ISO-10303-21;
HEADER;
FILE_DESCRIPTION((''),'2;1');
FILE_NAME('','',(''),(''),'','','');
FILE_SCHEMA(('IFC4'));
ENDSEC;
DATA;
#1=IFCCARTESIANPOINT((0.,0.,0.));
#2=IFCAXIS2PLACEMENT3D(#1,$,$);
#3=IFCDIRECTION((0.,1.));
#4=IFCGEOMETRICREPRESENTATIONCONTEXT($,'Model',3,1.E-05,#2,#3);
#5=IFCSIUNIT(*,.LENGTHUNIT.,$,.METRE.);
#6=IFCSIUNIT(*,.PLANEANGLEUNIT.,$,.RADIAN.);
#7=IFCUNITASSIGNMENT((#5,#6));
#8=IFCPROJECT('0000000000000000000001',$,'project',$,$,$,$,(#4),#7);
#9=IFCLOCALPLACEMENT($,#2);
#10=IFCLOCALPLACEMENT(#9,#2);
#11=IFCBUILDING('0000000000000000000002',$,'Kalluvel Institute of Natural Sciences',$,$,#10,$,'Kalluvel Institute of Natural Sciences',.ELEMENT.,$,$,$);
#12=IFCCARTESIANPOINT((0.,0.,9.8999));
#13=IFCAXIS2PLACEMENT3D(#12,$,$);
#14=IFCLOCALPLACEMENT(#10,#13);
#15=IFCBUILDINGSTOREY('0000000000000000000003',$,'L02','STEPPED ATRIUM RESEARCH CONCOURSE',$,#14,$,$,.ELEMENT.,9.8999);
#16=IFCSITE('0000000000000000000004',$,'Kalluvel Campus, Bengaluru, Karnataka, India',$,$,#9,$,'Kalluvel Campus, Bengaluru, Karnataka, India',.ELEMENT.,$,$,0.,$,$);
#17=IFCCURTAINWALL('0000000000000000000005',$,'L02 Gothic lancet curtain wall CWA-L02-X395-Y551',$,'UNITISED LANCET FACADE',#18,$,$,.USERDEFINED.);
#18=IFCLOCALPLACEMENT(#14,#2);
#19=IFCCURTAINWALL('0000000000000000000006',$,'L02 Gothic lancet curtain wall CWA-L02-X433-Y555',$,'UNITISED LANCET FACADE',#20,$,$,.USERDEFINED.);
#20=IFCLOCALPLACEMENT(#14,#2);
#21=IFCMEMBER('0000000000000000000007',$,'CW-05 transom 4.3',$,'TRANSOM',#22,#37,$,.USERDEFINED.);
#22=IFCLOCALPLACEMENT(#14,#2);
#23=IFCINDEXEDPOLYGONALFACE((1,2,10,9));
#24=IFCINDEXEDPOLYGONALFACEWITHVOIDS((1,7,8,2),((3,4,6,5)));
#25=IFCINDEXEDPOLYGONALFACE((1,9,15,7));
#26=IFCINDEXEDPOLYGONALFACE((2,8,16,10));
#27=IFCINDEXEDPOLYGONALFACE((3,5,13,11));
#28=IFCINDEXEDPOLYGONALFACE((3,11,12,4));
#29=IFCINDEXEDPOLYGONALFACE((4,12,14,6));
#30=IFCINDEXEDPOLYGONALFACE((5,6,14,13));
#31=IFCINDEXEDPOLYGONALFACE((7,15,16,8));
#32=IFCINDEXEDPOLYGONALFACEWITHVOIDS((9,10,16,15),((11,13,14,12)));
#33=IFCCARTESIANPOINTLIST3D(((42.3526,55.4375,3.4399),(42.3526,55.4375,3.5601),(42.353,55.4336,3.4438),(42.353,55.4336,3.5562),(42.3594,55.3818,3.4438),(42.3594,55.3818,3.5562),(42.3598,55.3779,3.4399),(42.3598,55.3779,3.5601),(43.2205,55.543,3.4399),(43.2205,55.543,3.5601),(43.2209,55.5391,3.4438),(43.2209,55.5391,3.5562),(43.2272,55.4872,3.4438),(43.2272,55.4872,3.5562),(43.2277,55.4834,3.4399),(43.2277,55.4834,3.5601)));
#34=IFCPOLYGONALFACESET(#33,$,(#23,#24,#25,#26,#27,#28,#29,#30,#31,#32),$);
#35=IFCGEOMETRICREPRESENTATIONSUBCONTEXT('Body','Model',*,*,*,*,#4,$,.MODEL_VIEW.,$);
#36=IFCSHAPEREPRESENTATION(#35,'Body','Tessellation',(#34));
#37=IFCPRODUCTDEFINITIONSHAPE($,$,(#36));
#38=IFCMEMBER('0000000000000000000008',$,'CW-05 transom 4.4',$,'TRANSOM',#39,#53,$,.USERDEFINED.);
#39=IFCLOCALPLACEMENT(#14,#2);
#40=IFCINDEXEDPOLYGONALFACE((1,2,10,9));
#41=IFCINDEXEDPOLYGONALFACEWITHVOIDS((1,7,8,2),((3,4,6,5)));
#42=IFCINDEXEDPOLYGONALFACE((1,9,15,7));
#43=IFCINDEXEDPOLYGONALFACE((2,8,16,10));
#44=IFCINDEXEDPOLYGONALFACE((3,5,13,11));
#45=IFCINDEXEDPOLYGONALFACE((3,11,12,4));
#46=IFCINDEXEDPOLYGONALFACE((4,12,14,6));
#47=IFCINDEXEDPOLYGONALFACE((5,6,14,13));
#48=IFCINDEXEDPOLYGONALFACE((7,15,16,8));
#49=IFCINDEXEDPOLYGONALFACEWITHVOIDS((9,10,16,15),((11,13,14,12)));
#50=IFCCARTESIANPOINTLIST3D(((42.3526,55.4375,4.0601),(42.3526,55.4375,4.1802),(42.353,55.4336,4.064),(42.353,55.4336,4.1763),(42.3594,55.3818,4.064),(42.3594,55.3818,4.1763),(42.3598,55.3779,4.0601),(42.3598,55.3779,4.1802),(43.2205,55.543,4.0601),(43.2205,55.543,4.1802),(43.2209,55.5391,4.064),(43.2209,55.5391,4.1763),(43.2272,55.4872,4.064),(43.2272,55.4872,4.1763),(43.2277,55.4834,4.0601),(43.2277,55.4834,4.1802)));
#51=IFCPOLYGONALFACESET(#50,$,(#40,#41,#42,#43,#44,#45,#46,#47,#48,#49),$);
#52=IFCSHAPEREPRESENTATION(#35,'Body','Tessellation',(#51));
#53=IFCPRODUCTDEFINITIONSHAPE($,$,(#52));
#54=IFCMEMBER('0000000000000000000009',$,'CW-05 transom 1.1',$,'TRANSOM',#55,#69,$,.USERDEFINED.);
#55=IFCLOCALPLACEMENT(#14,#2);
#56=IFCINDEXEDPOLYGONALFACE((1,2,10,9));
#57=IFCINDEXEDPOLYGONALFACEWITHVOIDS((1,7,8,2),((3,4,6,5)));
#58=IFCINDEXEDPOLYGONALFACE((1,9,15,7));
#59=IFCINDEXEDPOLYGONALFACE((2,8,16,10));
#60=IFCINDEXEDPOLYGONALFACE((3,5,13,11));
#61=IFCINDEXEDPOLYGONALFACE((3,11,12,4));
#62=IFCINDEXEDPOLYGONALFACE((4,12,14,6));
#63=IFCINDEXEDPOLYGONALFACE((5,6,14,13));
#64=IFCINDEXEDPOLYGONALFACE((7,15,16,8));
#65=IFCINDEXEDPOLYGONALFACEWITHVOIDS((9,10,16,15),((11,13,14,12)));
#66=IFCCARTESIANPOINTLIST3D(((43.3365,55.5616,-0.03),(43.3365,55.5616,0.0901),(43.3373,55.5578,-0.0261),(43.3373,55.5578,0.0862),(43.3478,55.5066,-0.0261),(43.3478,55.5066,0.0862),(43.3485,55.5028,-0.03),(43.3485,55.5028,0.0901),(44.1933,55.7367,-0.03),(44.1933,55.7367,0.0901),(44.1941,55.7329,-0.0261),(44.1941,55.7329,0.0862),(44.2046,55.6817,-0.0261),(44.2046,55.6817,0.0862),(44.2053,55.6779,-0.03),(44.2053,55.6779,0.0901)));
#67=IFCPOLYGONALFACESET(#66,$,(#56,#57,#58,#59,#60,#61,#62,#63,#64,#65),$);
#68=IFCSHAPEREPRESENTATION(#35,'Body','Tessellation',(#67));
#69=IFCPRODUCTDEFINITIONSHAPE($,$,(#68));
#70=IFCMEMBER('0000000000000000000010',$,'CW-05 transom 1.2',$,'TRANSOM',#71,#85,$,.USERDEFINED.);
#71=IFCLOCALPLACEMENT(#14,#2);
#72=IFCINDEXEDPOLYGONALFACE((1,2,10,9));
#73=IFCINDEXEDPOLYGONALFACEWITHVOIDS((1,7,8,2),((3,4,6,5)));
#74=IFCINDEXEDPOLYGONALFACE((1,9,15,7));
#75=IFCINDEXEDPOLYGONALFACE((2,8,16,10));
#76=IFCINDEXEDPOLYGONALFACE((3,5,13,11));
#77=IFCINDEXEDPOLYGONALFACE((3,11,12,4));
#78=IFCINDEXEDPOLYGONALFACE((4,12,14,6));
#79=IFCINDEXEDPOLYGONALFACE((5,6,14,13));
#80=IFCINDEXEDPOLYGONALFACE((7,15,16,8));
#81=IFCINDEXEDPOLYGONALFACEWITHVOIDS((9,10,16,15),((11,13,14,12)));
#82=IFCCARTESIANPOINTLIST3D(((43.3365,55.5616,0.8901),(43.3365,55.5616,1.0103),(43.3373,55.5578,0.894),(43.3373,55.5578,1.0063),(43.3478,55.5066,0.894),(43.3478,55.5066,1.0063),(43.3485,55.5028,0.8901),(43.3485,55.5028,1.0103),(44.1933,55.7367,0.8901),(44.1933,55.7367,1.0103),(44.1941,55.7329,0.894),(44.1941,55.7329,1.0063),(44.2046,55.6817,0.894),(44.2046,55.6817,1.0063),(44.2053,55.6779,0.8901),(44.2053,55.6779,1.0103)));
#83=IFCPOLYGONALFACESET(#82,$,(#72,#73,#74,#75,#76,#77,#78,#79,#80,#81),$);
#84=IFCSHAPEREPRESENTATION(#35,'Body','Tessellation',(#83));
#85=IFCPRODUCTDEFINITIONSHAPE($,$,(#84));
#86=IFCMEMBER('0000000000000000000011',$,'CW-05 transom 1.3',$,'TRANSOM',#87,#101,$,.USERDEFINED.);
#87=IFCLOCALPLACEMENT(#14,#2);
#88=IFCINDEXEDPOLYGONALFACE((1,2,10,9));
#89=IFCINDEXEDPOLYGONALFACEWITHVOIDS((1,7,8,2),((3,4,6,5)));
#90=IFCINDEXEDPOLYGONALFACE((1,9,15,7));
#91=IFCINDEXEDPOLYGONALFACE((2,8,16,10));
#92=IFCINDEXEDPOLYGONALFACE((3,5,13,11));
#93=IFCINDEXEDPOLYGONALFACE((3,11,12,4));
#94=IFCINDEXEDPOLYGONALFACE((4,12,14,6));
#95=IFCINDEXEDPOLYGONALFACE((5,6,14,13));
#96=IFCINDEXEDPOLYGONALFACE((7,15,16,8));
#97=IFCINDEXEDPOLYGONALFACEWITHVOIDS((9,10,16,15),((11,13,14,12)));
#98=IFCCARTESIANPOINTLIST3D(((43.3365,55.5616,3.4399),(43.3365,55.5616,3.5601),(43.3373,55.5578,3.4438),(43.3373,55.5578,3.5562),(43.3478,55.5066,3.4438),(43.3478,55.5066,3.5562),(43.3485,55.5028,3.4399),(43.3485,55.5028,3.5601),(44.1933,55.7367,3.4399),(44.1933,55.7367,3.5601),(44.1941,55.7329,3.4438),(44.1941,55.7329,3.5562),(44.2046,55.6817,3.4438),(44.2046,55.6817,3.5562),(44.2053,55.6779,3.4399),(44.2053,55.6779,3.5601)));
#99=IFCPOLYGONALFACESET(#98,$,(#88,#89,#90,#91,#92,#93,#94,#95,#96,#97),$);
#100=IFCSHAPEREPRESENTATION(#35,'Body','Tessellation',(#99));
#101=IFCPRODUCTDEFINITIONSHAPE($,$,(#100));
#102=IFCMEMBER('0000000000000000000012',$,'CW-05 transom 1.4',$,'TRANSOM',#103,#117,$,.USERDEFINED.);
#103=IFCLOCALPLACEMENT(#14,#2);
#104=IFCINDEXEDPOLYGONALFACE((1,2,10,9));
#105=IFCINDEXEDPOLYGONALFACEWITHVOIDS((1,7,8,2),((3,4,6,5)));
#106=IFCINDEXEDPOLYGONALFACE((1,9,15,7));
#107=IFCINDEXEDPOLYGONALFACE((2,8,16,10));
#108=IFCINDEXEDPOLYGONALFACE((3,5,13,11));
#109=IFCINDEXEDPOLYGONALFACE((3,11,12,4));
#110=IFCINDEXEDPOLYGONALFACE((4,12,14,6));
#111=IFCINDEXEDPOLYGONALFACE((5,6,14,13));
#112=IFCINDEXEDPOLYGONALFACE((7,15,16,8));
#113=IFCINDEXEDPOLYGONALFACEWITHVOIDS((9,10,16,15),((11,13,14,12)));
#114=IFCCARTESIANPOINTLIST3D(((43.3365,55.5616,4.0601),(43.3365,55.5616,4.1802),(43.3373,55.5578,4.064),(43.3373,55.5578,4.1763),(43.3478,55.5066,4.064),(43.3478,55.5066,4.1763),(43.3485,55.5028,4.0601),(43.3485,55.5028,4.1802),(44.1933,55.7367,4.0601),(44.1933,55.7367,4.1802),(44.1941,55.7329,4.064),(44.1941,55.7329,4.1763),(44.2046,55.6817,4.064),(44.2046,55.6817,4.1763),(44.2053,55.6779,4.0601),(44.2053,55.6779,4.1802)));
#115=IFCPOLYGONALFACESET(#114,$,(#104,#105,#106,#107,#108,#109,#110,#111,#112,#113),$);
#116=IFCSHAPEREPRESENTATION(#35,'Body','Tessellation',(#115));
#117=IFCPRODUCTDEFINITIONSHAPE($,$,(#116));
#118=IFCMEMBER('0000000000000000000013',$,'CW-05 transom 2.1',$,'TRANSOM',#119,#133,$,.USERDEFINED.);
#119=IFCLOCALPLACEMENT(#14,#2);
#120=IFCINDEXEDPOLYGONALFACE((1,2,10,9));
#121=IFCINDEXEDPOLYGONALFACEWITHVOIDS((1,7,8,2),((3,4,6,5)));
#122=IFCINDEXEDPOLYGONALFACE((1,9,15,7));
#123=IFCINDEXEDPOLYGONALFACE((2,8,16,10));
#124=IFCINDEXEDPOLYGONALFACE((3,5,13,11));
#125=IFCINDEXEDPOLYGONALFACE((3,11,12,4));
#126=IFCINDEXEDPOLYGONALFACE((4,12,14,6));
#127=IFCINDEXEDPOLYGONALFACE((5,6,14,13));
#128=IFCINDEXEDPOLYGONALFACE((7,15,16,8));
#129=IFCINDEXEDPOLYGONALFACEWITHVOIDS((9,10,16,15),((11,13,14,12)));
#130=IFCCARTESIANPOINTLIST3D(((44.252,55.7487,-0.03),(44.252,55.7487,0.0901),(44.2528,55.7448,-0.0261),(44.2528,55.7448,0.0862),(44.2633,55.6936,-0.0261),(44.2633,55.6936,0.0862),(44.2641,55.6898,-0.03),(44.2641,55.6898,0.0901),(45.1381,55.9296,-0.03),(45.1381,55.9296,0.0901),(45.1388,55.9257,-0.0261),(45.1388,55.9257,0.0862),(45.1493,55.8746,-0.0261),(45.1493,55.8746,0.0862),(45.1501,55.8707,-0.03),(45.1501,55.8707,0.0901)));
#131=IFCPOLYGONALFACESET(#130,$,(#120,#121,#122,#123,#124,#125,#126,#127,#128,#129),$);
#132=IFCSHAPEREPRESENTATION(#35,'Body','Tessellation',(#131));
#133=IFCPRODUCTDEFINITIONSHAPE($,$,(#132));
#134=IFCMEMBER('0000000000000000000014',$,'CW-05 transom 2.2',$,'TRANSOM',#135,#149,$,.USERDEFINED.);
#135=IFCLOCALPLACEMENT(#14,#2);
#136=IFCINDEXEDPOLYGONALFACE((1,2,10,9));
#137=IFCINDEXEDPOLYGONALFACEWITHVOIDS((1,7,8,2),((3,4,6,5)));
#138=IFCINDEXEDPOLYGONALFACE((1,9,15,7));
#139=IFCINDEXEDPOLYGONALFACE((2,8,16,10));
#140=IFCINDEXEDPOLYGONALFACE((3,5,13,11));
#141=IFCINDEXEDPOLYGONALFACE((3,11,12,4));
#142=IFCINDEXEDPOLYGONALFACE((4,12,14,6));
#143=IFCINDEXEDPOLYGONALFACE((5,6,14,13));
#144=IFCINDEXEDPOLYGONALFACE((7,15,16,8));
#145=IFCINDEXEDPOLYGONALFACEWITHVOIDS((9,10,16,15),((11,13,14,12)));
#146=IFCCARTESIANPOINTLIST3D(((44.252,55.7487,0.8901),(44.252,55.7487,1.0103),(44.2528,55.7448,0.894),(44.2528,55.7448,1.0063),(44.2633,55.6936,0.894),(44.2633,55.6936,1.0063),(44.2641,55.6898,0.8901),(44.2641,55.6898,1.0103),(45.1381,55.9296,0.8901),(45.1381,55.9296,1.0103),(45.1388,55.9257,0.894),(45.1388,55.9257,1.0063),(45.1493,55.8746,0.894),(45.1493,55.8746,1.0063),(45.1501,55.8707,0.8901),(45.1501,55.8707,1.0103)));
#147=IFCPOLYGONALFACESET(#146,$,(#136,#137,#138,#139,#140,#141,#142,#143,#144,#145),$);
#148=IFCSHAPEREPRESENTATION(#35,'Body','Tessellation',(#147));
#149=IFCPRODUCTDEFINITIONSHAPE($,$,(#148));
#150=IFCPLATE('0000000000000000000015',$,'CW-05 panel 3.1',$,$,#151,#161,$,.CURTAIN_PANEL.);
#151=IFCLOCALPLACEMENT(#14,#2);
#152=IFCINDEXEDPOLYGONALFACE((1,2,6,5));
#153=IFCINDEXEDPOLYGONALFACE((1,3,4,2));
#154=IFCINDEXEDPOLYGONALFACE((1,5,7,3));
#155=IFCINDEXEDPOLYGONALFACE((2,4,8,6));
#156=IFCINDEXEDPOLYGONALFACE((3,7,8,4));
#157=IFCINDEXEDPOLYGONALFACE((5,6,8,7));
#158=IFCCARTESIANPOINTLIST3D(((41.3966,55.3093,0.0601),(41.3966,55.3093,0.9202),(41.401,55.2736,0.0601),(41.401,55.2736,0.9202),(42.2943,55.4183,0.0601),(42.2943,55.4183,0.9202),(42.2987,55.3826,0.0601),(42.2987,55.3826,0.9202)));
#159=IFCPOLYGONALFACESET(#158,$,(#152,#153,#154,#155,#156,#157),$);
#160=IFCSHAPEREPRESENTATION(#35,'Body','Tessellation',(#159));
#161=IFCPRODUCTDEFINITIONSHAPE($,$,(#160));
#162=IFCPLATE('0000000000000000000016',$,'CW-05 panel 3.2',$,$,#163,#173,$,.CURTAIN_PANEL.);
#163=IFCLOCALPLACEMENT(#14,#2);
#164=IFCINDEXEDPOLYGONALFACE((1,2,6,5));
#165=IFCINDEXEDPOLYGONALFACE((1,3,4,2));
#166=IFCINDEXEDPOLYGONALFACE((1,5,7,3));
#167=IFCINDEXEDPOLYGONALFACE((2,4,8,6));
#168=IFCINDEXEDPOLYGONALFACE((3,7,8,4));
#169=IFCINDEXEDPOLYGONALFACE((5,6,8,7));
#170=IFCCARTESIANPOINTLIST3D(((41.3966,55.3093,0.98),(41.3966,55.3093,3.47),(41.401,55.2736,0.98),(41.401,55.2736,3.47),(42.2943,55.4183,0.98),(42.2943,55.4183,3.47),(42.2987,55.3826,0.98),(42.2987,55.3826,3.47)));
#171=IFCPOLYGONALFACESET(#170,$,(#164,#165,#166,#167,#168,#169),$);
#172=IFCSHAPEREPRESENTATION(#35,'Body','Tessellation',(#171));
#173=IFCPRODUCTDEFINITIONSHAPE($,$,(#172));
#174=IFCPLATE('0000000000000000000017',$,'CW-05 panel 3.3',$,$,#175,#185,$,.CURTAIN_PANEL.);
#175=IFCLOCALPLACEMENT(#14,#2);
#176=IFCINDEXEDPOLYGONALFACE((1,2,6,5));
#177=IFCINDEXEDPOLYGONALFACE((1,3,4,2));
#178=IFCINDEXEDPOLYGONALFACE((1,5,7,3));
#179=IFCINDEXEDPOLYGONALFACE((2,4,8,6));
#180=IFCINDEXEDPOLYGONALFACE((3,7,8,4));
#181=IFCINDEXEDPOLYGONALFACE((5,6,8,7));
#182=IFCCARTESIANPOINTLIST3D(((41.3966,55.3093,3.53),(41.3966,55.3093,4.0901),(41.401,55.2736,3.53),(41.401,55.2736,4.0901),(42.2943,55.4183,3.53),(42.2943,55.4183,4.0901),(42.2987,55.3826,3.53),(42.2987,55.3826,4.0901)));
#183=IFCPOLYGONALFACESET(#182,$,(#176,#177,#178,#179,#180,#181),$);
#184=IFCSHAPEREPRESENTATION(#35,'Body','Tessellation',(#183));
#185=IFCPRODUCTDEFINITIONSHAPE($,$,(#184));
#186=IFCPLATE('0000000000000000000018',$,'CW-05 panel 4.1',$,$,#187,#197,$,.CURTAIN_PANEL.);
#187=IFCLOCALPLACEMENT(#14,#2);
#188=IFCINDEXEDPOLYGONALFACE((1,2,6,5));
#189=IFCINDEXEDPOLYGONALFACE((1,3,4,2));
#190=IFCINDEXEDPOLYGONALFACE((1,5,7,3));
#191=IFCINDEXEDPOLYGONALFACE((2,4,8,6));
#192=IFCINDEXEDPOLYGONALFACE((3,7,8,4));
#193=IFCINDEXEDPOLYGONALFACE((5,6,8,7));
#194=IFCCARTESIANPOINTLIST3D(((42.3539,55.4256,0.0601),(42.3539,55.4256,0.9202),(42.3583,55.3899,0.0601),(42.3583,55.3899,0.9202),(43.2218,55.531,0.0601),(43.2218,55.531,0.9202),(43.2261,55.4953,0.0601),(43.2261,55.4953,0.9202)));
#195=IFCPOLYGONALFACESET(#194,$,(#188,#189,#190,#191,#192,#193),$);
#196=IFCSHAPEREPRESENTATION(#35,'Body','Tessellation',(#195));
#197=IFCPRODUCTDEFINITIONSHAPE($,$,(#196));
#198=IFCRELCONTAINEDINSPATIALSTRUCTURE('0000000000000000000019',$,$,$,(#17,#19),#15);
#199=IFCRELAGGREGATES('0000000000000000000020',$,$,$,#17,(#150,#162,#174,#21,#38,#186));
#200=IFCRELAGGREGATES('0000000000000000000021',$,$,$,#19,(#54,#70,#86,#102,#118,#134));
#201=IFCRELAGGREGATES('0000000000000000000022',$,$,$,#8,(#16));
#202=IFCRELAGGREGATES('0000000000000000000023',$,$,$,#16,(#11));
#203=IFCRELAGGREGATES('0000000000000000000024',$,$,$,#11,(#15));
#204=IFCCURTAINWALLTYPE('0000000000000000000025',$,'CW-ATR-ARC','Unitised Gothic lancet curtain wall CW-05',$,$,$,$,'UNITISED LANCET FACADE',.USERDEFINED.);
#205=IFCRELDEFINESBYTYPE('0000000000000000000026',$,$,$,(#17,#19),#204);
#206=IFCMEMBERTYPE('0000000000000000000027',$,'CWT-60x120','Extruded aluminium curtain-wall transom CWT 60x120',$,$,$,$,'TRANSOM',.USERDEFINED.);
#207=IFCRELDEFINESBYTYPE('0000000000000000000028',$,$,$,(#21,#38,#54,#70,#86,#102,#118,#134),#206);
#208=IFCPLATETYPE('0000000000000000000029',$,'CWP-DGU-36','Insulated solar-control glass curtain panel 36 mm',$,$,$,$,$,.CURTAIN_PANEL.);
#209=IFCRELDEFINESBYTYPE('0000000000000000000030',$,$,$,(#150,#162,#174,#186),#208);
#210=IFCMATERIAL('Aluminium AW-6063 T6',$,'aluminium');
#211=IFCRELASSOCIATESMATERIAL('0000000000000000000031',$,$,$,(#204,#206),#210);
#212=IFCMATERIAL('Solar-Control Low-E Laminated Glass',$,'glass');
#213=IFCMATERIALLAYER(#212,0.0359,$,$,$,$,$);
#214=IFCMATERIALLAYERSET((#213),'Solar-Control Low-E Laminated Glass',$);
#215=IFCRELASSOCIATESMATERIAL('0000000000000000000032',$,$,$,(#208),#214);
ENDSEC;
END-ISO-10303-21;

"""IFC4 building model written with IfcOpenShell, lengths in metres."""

from ifc_helpers import new_model, si_unit, direction, frame, origin, origin_2d, place, context, subcontext, project, spatial, rectangle, hollow_rectangle, extrude, material, layer, layer_set, material_profile, profile_set, type_object, element, aggregate, save


model = new_model("IFC4")

# Units and contexts
model_context = context("Model", 3, precision=1e-05, world=origin(), true_north=direction((0.0, 1.0)))
body_context = subcontext(model_context, "Body", "Model", "MODEL_VIEW")
ifc_project = project(units=[si_unit("LENGTHUNIT", "METRE"), si_unit("PLANEANGLEUNIT", "RADIAN")], contexts=[model_context])

# Site, building, storey
site_placement = place(None, origin())
site = spatial("IfcSite", under=ifc_project, at=site_placement, Name="Kalluvel Campus, Bengaluru, Karnataka, India", LongName="Kalluvel Campus, Bengaluru, Karnataka, India", CompositionType="ELEMENT", RefElevation=0.0)
building_placement = place(site_placement, origin())
building = spatial("IfcBuilding", under=site, at=building_placement, Name="Kalluvel Institute of Natural Sciences", LongName="Kalluvel Institute of Natural Sciences", CompositionType="ELEMENT")
storey_placement = place(building_placement, frame((0.0, 0.0, 9.8999)))
storey = spatial("IfcBuildingStorey", under=building, at=storey_placement, Name="L02", Description="STEPPED ATRIUM RESEARCH CONCOURSE", CompositionType="ELEMENT", Elevation=9.8999)

# Curtain walls
ifc_material_1 = material(Name="Aluminium AW-6063 T6", Category="aluminium")
curtain_wall_type = type_object("IfcCurtainWallType", Name="CW-ATR-ARC", Description="Unitised Gothic lancet curtain wall CW-05", ElementType="UNITISED LANCET FACADE", PredefinedType="USERDEFINED", material=ifc_material_1)
curtain_wall_1_placement = place(storey_placement, origin())
curtain_wall_1 = element("IfcCurtainWall", 1, at=curtain_wall_1_placement, inside=storey, type_object=curtain_wall_type, Name="L02 Gothic lancet curtain wall CWA-L02-X395-Y551", ObjectType="UNITISED LANCET FACADE", PredefinedType="USERDEFINED")
curtain_wall_2_placement = place(storey_placement, origin())
curtain_wall_2 = element("IfcCurtainWall", 2, at=curtain_wall_2_placement, inside=storey, type_object=curtain_wall_type, Name="L02 Gothic lancet curtain wall CWA-L02-X433-Y555", ObjectType="UNITISED LANCET FACADE", PredefinedType="USERDEFINED")

# Members
ifc_material_profile_1 = material_profile(ifc_material_1, hollow_rectangle(XDim=0.0601, YDim=0.1201, WallThickness=0.0039, at=origin_2d()), Name="CWT 60x120")
ifc_profile_set_1 = profile_set([ifc_material_profile_1], Name="Aluminium AW-6063 T6")
member_type_1 = type_object("IfcMemberType", Name="CWT-60x120", Description="Extruded aluminium curtain-wall transom CWT 60x120", ElementType="TRANSOM", PredefinedType="USERDEFINED", material=ifc_profile_set_1)
member_1_placement = place(storey_placement, frame((42.3562, 55.4077, 3.5), z_axis=(0.992697, 0.120632, 0.0), x_axis=(-0.120632, 0.992697, 0.0)))
member_1 = element("IfcMember", 3, at=member_1_placement, type_object=member_type_1, Name="CW-05 transom 4.3", ObjectType="TRANSOM", PredefinedType="USERDEFINED", context=body_context, shape_type="SweptSolid", body=[
    extrude(hollow_rectangle(XDim=0.0601, YDim=0.1201, WallThickness=0.0039, at=origin_2d()), origin(), (0.0, 0.0, 1.0), 0.8743),
])
member_2_placement = place(storey_placement, frame((42.3562, 55.4077, 4.1201), z_axis=(0.992697, 0.120632, 0.0), x_axis=(-0.120632, 0.992697, 0.0)))
member_2 = element("IfcMember", 4, at=member_2_placement, type_object=member_type_1, Name="CW-05 transom 4.4", ObjectType="TRANSOM", PredefinedType="USERDEFINED", context=body_context, shape_type="SweptSolid", body=[
    extrude(hollow_rectangle(XDim=0.0601, YDim=0.1201, WallThickness=0.0039, at=origin_2d()), origin(), (0.0, 0.0, 1.0), 0.8743),
])
member_3_placement = place(storey_placement, frame((43.3425, 55.5322, 0.03), z_axis=(0.979756, 0.200195, 0.0), x_axis=(-0.200195, 0.979756, 0.0)))
member_3 = element("IfcMember", 5, at=member_3_placement, type_object=member_type_1, Name="CW-05 transom 1.1", ObjectType="TRANSOM", PredefinedType="USERDEFINED", context=body_context, shape_type="SweptSolid", body=[
    extrude(hollow_rectangle(XDim=0.0601, YDim=0.1201, WallThickness=0.0039, at=origin_2d()), origin(), (0.0, 0.0, 1.0), 0.8745),
])
member_4_placement = place(storey_placement, frame((43.3425, 55.5322, 0.9502), z_axis=(0.979756, 0.200195, 0.0), x_axis=(-0.200195, 0.979756, 0.0)))
member_4 = element("IfcMember", 6, at=member_4_placement, type_object=member_type_1, Name="CW-05 transom 1.2", ObjectType="TRANSOM", PredefinedType="USERDEFINED", context=body_context, shape_type="SweptSolid", body=[
    extrude(hollow_rectangle(XDim=0.0601, YDim=0.1201, WallThickness=0.0039, at=origin_2d()), origin(), (0.0, 0.0, 1.0), 0.8745),
])
member_5_placement = place(storey_placement, frame((43.3425, 55.5322, 3.5), z_axis=(0.979756, 0.200195, 0.0), x_axis=(-0.200195, 0.979756, 0.0)))
member_5 = element("IfcMember", 7, at=member_5_placement, type_object=member_type_1, Name="CW-05 transom 1.3", ObjectType="TRANSOM", PredefinedType="USERDEFINED", context=body_context, shape_type="SweptSolid", body=[
    extrude(hollow_rectangle(XDim=0.0601, YDim=0.1201, WallThickness=0.0039, at=origin_2d()), origin(), (0.0, 0.0, 1.0), 0.8745),
])
member_6_placement = place(storey_placement, frame((43.3425, 55.5322, 4.1201), z_axis=(0.979756, 0.200195, 0.0), x_axis=(-0.200195, 0.979756, 0.0)))
member_6 = element("IfcMember", 8, at=member_6_placement, type_object=member_type_1, Name="CW-05 transom 1.4", ObjectType="TRANSOM", PredefinedType="USERDEFINED", context=body_context, shape_type="SweptSolid", body=[
    extrude(hollow_rectangle(XDim=0.0601, YDim=0.1201, WallThickness=0.0039, at=origin_2d()), origin(), (0.0, 0.0, 1.0), 0.8745),
])
member_7_placement = place(storey_placement, frame((44.2581, 55.7192, 0.03), z_axis=(0.979784, 0.200061, 0.0), x_axis=(-0.200061, 0.979784, 0.0)))
member_7 = element("IfcMember", 9, at=member_7_placement, type_object=member_type_1, Name="CW-05 transom 2.1", ObjectType="TRANSOM", PredefinedType="USERDEFINED", context=body_context, shape_type="SweptSolid", body=[
    extrude(hollow_rectangle(XDim=0.0601, YDim=0.1201, WallThickness=0.0039, at=origin_2d()), origin(), (0.0, 0.0, 1.0), 0.9043),
])
member_8_placement = place(storey_placement, frame((44.2581, 55.7192, 0.9502), z_axis=(0.979784, 0.200061, 0.0), x_axis=(-0.200061, 0.979784, 0.0)))
member_8 = element("IfcMember", 10, at=member_8_placement, type_object=member_type_1, Name="CW-05 transom 2.2", ObjectType="TRANSOM", PredefinedType="USERDEFINED", context=body_context, shape_type="SweptSolid", body=[
    extrude(hollow_rectangle(XDim=0.0601, YDim=0.1201, WallThickness=0.0039, at=origin_2d()), origin(), (0.0, 0.0, 1.0), 0.9043),
])

# Plates
ifc_material_2 = material(Name="Solar-Control Low-E Laminated Glass", Category="glass")
ifc_layer = layer(ifc_material_2, 0.0359)
ifc_layer_set = layer_set([ifc_layer], Name="Solar-Control Low-E Laminated Glass")
plate_type = type_object("IfcPlateType", Name="CWP-DGU-36", Description="Insulated solar-control glass curtain panel 36 mm", PredefinedType="CURTAIN_PANEL", material=ifc_layer_set)
plate_1_placement = place(storey_placement, frame((41.8477, 55.3459, 0.0601), z_axis=(0.0, 0.0, 1.0), x_axis=(0.992708, 0.120543, 0.0)))
plate_1 = element("IfcPlate", 11, at=plate_1_placement, type_object=plate_type, Name="CW-05 panel 3.1", PredefinedType="CURTAIN_PANEL", context=body_context, shape_type="SweptSolid", body=[
    extrude(rectangle(XDim=0.9043, YDim=0.0359, at=origin_2d()), origin(), (0.0, 0.0, 1.0), 0.8601),
])
plate_2_placement = place(storey_placement, frame((41.8477, 55.3459, 0.98), z_axis=(0.0, 0.0, 1.0), x_axis=(0.992708, 0.120543, 0.0)))
plate_2 = element("IfcPlate", 12, at=plate_2_placement, type_object=plate_type, Name="CW-05 panel 3.2", PredefinedType="CURTAIN_PANEL", context=body_context, shape_type="SweptSolid", body=[
    extrude(rectangle(XDim=0.9043, YDim=0.0359, at=origin_2d()), origin(), (0.0, 0.0, 1.0), 2.49),
])
plate_3_placement = place(storey_placement, frame((41.8477, 55.3459, 3.53), z_axis=(0.0, 0.0, 1.0), x_axis=(0.992708, 0.120543, 0.0)))
plate_3 = element("IfcPlate", 13, at=plate_3_placement, type_object=plate_type, Name="CW-05 panel 3.3", PredefinedType="CURTAIN_PANEL", context=body_context, shape_type="SweptSolid", body=[
    extrude(rectangle(XDim=0.9043, YDim=0.0359, at=origin_2d()), origin(), (0.0, 0.0, 1.0), 0.5601),
])
plate_4_placement = place(storey_placement, frame((42.79, 55.4604, 0.0601), z_axis=(0.0, 0.0, 1.0), x_axis=(0.992708, 0.120543, 0.0)))
plate_4 = element("IfcPlate", 14, at=plate_4_placement, type_object=plate_type, Name="CW-05 panel 4.1", PredefinedType="CURTAIN_PANEL", context=body_context, shape_type="SweptSolid", body=[
    extrude(rectangle(XDim=0.8743, YDim=0.0359, at=origin_2d()), origin(), (0.0, 0.0, 1.0), 0.8601),
])
aggregate(curtain_wall_1, [plate_1, plate_2, plate_3, member_1, member_2, plate_4])
aggregate(curtain_wall_2, [member_3, member_4, member_5, member_6, member_7, member_8])

save(model, "model.ifc")
